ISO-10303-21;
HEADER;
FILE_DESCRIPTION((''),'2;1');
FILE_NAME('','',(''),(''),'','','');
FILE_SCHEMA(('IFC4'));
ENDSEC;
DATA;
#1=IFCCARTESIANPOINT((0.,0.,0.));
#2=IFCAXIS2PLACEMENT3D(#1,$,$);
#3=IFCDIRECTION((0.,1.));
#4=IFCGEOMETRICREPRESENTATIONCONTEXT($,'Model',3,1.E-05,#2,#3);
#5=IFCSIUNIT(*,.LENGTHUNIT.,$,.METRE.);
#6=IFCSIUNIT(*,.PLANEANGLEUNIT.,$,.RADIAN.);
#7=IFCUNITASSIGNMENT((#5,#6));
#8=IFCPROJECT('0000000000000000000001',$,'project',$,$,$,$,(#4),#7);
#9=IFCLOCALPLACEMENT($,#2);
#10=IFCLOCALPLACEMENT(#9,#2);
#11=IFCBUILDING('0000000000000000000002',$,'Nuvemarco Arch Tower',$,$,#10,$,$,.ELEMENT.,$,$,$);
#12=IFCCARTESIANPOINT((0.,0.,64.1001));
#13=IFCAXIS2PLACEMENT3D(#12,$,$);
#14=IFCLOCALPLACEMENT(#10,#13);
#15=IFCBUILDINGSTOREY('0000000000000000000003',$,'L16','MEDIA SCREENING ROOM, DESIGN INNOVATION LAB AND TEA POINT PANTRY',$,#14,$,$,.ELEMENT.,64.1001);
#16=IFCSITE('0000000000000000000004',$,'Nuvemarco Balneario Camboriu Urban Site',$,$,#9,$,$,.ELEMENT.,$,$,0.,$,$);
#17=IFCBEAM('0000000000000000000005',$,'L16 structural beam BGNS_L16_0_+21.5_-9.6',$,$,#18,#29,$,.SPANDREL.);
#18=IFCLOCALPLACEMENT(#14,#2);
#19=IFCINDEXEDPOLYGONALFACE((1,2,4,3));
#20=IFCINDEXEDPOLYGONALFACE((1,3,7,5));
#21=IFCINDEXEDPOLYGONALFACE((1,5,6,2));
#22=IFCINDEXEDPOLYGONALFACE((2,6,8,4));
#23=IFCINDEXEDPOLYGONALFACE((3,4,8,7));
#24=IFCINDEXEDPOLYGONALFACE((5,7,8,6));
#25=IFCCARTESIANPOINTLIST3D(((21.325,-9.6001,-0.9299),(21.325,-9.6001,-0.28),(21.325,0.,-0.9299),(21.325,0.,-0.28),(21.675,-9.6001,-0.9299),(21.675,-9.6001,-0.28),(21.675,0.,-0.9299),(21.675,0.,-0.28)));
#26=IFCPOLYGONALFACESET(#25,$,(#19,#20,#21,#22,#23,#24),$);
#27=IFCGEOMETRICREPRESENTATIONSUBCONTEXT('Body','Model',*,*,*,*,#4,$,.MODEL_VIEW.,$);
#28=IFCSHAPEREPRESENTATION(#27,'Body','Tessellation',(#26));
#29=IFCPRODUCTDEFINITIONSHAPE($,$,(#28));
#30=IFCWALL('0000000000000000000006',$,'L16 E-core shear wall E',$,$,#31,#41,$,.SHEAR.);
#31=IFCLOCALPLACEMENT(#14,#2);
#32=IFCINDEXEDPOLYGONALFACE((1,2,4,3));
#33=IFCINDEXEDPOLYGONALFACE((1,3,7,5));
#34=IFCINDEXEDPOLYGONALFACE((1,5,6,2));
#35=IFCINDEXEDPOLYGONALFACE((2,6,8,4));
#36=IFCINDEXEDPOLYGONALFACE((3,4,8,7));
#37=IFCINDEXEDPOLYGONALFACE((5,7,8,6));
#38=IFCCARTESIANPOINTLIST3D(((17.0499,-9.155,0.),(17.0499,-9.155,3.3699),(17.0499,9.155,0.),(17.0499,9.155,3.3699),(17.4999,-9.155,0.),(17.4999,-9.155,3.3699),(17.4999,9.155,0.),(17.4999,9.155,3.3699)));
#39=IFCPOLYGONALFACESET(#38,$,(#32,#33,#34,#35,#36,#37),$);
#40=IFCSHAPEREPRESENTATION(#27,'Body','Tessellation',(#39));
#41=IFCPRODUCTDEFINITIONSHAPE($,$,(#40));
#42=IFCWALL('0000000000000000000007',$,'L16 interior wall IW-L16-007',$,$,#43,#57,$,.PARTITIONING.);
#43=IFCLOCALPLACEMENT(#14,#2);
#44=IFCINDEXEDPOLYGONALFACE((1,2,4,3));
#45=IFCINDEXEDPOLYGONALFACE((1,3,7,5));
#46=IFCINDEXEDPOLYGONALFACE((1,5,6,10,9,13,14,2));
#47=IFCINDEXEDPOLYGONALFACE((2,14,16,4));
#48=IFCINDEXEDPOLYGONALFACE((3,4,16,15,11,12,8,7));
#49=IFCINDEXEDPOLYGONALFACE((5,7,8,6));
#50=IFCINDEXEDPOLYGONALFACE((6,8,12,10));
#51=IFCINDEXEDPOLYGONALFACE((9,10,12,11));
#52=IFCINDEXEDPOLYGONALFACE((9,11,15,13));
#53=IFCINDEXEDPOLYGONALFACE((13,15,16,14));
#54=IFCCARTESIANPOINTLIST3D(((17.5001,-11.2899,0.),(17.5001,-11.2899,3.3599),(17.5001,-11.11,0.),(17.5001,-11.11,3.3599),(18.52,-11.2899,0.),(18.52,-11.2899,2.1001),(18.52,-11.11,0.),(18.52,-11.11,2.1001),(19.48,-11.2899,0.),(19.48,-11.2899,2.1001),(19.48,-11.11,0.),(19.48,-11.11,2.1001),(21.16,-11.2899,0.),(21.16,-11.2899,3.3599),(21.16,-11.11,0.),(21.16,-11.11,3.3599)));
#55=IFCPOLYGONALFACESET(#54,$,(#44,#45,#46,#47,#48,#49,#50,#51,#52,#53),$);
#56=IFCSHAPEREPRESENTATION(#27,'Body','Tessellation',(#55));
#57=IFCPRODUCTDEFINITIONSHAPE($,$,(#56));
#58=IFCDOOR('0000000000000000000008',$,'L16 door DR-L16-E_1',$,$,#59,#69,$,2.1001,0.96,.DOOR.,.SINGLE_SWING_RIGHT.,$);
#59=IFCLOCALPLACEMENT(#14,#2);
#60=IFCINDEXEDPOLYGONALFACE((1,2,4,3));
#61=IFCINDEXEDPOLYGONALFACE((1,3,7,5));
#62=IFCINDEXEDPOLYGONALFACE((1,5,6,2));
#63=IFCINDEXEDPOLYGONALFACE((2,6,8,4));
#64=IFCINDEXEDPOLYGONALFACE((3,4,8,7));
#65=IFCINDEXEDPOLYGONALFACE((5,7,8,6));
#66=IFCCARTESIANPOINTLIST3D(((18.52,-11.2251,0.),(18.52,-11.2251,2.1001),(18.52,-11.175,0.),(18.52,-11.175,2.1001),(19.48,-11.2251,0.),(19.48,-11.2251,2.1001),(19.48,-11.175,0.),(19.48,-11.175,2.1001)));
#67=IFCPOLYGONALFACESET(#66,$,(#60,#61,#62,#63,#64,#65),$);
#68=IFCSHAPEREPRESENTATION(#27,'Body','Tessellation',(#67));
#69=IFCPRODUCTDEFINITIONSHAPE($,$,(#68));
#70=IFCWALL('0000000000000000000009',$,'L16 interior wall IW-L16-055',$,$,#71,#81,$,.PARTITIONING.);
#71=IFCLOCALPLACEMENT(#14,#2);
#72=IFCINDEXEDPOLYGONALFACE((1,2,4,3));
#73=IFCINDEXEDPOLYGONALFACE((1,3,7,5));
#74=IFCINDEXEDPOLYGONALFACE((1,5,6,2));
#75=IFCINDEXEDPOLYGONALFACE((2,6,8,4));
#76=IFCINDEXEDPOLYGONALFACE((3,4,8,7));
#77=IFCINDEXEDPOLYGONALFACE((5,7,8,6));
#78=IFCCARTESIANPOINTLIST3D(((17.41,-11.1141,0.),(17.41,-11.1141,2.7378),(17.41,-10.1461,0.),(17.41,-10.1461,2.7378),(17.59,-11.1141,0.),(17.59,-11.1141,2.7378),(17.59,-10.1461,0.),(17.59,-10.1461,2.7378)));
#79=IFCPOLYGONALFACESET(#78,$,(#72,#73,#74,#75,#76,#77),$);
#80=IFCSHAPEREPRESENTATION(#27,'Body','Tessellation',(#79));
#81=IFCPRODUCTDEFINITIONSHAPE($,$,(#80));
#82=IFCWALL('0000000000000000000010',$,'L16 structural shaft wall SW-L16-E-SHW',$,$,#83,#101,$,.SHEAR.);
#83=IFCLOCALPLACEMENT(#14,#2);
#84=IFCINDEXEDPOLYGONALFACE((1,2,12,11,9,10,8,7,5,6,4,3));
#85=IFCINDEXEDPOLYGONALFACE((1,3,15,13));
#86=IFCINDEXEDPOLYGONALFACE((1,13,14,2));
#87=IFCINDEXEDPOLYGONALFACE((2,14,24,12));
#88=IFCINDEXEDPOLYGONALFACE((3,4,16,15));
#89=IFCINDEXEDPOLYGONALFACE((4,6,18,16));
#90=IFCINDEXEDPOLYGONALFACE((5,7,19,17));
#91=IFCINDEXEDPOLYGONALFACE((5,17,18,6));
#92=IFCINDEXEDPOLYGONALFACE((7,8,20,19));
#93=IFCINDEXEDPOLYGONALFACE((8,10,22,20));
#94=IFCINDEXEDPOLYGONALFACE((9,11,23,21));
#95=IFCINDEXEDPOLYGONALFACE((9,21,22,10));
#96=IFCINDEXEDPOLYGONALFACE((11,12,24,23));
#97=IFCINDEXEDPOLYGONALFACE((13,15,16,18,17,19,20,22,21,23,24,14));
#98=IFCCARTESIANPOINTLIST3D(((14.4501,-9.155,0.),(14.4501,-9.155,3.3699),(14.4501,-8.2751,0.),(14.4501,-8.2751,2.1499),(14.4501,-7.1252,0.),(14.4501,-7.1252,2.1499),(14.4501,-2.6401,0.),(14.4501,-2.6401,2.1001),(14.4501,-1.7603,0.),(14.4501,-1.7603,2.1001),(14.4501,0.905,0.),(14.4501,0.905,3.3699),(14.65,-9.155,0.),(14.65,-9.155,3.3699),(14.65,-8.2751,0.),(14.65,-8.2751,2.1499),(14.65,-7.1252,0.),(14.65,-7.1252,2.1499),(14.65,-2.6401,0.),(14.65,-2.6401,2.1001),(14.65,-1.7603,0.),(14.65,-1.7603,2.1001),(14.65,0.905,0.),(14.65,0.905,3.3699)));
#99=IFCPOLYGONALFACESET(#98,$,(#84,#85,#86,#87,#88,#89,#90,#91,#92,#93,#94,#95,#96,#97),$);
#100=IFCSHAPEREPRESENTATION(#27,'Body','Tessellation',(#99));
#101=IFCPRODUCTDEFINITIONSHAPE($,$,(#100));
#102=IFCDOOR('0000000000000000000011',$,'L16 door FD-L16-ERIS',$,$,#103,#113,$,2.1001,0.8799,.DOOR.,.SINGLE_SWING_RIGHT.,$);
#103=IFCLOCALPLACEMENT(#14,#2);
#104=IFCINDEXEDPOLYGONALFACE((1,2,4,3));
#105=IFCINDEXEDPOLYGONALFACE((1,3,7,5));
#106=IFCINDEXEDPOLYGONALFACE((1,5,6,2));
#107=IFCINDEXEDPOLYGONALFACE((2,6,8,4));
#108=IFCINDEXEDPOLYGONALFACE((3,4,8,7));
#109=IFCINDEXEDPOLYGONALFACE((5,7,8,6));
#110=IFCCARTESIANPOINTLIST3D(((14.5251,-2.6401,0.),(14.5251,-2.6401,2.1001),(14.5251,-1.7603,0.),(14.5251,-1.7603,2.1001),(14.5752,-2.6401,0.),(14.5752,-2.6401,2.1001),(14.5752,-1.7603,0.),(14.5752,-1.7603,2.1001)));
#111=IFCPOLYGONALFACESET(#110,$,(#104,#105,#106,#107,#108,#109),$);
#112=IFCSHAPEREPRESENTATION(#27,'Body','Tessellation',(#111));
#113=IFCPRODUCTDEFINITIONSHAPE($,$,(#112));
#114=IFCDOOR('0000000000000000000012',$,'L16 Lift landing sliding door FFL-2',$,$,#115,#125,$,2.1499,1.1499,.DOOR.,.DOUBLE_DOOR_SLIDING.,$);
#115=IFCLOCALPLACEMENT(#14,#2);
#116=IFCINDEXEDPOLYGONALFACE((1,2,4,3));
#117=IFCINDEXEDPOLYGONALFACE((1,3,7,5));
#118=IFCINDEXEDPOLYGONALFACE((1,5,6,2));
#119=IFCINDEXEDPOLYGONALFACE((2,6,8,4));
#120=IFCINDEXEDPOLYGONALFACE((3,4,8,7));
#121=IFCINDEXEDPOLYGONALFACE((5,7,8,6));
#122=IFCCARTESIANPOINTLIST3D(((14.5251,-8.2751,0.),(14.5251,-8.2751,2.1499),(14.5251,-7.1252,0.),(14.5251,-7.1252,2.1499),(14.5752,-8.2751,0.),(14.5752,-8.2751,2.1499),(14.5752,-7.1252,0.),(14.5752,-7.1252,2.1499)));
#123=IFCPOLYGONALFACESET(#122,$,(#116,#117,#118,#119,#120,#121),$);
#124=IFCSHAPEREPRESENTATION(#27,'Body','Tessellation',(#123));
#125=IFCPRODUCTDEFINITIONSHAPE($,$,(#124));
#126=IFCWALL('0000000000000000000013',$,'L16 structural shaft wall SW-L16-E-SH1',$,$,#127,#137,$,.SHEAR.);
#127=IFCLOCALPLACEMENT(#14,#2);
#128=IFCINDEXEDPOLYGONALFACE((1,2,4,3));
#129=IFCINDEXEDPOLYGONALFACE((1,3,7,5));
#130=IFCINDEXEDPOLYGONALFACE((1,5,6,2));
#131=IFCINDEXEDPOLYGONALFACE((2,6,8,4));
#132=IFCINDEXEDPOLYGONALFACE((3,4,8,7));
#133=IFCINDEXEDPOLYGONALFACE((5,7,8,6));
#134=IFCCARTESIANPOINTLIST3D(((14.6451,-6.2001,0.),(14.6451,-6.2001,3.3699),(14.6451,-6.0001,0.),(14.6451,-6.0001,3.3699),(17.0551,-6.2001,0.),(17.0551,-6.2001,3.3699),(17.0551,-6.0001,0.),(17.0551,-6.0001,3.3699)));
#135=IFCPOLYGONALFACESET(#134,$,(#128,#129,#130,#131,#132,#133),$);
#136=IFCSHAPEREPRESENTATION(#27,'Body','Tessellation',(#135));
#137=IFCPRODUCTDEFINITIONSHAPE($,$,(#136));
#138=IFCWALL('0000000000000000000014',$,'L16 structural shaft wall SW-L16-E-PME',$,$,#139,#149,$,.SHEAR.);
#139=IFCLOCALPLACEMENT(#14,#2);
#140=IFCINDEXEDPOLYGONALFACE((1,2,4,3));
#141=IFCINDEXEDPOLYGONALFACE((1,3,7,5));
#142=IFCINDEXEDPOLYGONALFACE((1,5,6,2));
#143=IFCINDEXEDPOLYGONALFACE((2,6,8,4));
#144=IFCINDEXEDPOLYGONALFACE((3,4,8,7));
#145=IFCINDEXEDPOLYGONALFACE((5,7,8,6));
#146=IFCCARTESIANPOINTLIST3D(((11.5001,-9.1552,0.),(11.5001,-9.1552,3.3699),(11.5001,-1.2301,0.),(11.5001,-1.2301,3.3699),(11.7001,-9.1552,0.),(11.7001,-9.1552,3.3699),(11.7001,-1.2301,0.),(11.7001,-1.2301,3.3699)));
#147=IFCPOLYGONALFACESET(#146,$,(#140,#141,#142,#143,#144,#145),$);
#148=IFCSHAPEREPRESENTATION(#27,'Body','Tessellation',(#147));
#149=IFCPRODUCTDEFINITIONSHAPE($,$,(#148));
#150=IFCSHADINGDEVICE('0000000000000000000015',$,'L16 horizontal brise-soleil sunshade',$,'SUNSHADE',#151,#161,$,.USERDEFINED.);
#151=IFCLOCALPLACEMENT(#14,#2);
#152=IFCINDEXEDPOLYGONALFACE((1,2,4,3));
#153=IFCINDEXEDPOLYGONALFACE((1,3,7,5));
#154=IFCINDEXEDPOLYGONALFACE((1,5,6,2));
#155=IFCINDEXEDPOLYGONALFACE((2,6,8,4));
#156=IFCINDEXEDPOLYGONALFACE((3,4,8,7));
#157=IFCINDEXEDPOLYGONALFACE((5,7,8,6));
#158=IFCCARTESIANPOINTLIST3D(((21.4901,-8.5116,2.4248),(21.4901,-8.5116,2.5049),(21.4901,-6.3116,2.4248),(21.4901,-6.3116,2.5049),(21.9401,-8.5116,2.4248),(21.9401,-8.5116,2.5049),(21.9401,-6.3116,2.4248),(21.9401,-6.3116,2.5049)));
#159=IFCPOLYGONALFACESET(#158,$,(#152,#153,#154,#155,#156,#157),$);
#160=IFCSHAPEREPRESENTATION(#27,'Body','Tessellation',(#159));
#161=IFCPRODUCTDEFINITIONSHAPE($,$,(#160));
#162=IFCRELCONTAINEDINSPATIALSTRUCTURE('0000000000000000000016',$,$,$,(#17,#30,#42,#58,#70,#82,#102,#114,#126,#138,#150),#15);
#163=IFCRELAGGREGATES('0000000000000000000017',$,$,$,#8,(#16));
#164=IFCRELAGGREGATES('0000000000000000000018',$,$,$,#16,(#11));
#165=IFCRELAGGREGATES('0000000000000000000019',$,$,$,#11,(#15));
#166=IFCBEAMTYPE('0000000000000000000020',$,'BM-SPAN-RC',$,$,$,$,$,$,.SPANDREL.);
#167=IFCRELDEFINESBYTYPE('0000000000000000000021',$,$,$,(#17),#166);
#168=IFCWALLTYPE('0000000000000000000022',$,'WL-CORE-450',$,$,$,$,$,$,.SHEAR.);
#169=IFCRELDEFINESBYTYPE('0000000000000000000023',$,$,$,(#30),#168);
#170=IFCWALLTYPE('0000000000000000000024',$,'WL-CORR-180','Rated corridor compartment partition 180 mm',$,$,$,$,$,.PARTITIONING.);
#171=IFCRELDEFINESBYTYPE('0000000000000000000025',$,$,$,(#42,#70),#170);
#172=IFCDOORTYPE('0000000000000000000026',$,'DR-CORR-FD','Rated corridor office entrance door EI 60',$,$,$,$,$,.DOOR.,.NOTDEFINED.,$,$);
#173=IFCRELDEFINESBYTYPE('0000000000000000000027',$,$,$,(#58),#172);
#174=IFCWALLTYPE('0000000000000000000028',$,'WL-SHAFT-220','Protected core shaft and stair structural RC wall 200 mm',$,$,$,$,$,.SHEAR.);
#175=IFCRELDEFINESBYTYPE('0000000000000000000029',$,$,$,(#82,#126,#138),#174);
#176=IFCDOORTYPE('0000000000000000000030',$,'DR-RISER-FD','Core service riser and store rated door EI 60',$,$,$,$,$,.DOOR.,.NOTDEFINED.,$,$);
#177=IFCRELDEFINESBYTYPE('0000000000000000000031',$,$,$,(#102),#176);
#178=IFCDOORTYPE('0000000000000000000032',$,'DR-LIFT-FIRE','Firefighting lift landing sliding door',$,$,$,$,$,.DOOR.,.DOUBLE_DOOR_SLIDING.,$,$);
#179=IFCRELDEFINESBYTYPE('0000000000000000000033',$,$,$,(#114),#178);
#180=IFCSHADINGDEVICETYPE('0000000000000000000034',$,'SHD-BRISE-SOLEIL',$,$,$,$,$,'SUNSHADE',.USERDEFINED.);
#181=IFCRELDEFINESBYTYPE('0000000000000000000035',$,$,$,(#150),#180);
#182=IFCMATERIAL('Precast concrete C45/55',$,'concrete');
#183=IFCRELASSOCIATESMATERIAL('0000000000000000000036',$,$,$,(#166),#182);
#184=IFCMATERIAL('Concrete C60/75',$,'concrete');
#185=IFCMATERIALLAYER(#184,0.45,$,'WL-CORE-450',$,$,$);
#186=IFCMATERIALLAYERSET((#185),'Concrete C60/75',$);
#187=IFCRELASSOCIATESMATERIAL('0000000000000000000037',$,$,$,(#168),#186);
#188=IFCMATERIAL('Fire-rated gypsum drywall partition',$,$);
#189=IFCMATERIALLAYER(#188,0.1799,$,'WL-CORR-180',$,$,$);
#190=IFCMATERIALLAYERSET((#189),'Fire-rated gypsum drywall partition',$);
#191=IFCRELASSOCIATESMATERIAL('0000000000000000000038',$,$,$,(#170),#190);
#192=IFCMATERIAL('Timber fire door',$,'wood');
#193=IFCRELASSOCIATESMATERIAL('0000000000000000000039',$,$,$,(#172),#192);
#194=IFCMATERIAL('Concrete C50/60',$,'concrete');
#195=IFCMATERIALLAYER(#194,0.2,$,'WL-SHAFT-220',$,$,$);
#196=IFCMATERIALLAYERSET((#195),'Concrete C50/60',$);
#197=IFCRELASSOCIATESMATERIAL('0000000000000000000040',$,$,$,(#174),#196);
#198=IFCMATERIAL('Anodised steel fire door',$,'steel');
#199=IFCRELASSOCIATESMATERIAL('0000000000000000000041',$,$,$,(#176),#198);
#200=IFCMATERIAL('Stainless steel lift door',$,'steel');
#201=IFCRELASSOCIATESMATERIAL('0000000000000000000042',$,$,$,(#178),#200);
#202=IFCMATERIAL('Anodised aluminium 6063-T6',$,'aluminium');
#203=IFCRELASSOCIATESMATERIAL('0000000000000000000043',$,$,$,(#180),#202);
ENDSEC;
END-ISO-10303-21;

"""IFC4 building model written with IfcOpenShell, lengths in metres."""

from ifc_helpers import new_model, si_unit, direction, frame, frame_2d, origin, origin_2d, place, context, subcontext, project, spatial, rectangle, extrude, source, transform, mapped, material, layer, layer_set, material_profile, profile_set, type_object, type_shapes, element, fill, save


model = new_model("IFC4")

# Units and contexts
model_context = context("Model", 3, precision=1e-05, world=origin(), true_north=direction((0.0, 1.0)))
body_context = subcontext(model_context, "Body", "Model", "MODEL_VIEW")
ifc_project = project(units=[si_unit("LENGTHUNIT", "METRE"), si_unit("PLANEANGLEUNIT", "RADIAN")], contexts=[model_context])

# Site, building, storey
site_placement = place(None, origin())
site = spatial("IfcSite", under=ifc_project, at=site_placement, Name="Nuvemarco Balneario Camboriu Urban Site", CompositionType="ELEMENT", RefElevation=0.0)
building_placement = place(site_placement, origin())
building = spatial("IfcBuilding", under=site, at=building_placement, Name="Nuvemarco Arch Tower", CompositionType="ELEMENT")
storey_placement = place(building_placement, frame((0.0, 0.0, 64.1001)))
storey = spatial("IfcBuildingStorey", under=building, at=storey_placement, Name="L16", Description="MEDIA SCREENING ROOM, DESIGN INNOVATION LAB AND TEA POINT PANTRY", CompositionType="ELEMENT", Elevation=64.1001)

# Shared definitions
ifc_material_1 = material(Name="Concrete C60/75", Category="concrete")

# Beam
ifc_material_2 = material(Name="Precast concrete C45/55", Category="concrete")
ifc_material_profile_1 = material_profile(ifc_material_2, rectangle(XDim=0.3501, YDim=0.6499, at=origin_2d()), Name="PC-SP-350x650")
ifc_profile_set_1 = profile_set([ifc_material_profile_1], Name="Precast concrete C45/55")
beam_type_1 = type_object("IfcBeamType", Name="BM-SPAN-RC", PredefinedType="SPANDREL", material=ifc_profile_set_1)
beam_1_placement = place(storey_placement, frame((21.5, -9.6001, -0.605), z_axis=(0.0, 1.0, 0.0), x_axis=(-1.0, 0.0, 0.0)))
element("IfcBeam", 1, at=beam_1_placement, inside=storey, type_object=beam_type_1, Name="L16 structural beam BGNS_L16_0_+21.5_-9.6", PredefinedType="SPANDREL", context=body_context, shape_type="SweptSolid", body=[
    extrude(rectangle(XDim=0.3501, YDim=0.6499, at=origin_2d()), origin(), (0.0, 0.0, 1.0), 9.6001),
])

# Wall
ifc_layer_1 = layer(ifc_material_1, 0.45, Name="WL-CORE-450")
ifc_layer_set_1 = layer_set([ifc_layer_1], Name="Concrete C60/75")
wall_type_1 = type_object("IfcWallType", Name="WL-CORE-450", PredefinedType="SHEAR", material=ifc_layer_set_1)
wall_1_placement = place(storey_placement, frame((17.2749, -9.155, 0.0), z_axis=(0.0, 0.0, 1.0), x_axis=(0.0, 1.0, 0.0)))
element("IfcWall", 2, at=wall_1_placement, inside=storey, type_object=wall_type_1, Name="L16 E-core shear wall E", PredefinedType="SHEAR", context=body_context, shape_type="SweptSolid", body=[
    extrude(rectangle(XDim=18.3101, YDim=0.45, at=frame_2d((9.155, 0.0))), origin(), (0.0, 0.0, 1.0), 3.3699),
])

# Wall, opening, door
ifc_material_3 = material(Name="Fire-rated gypsum drywall partition")
ifc_layer_2 = layer(ifc_material_3, 0.1799, Name="WL-CORR-180")
ifc_layer_set_2 = layer_set([ifc_layer_2], Name="Fire-rated gypsum drywall partition")
wall_type_2 = type_object("IfcWallType", Name="WL-CORR-180", Description="Rated corridor compartment partition 180 mm", PredefinedType="PARTITIONING", material=ifc_layer_set_2)
wall_2_placement = place(storey_placement, frame((17.5, -11.2, 0.0), z_axis=(0.0, 0.0, 1.0), x_axis=(1.0, 0.0, 0.0)))
wall_2 = element("IfcWall", 3, at=wall_2_placement, inside=storey, type_object=wall_type_2, Name="L16 interior wall IW-L16-007", PredefinedType="PARTITIONING", context=body_context, shape_type="SweptSolid", body=[
    extrude(rectangle(XDim=3.6599, YDim=0.1799, at=frame_2d((1.8301, 0.0))), origin(), (0.0, 0.0, 1.0), 3.3599),
])
opening_1_placement = place(wall_2_placement, frame((1.02, 0.0, 0.0)))
opening_1 = element("IfcOpeningElement", 4, at=opening_1_placement, cuts=wall_2, PredefinedType="OPENING", context=body_context, shape_type="SweptSolid", body=[
    extrude(rectangle(XDim=0.96, YDim=2.1001, at=frame_2d((0.48, 1.05))), frame((0.0, 0.0999, 0.0), z_axis=(0.0, -1.0, 0.0), x_axis=(1.0, 0.0, 0.0)), (0.0, 0.0, 1.0), 0.2),
])
ifc_material_4 = material(Name="Timber fire door", Category="wood")
door_type_1 = type_object("IfcDoorType", Name="DR-CORR-FD", Description="Rated corridor office entrance door EI 60", OperationType="NOTDEFINED", PredefinedType="DOOR", material=ifc_material_4)
shared_shape_1 = source(origin(), body_context, "Body", "SweptSolid", [
    extrude(rectangle(XDim=0.96, YDim=2.1001, at=frame_2d((0.48, 1.05))), frame((0.0, 0.0249, 0.0), z_axis=(0.0, -1.0, 0.0), x_axis=(1.0, 0.0, 0.0)), (0.0, 0.0, 1.0), 0.05),
])
type_shapes(door_type_1, [shared_shape_1])
door_1_placement = place(opening_1_placement, origin())
door_1 = element("IfcDoor", 5, at=door_1_placement, inside=storey, type_object=door_type_1, Name="L16 door DR-L16-E_1", OperationType="SINGLE_SWING_RIGHT", OverallHeight=2.1001, OverallWidth=0.96, PredefinedType="DOOR", context=body_context, shape_type="MappedRepresentation", body=[
    mapped(shared_shape_1, transform((0.0, 0.0, 0.0), scale=1.0)),
])
fill(opening_1, door_1)

# Wall
wall_3_placement = place(storey_placement, frame((17.5, -11.114, 0.0), z_axis=(0.0, 0.0, 1.0), x_axis=(0.0, 1.0, 0.0)))
element("IfcWall", 6, at=wall_3_placement, inside=storey, type_object=wall_type_2, Name="L16 interior wall IW-L16-055", PredefinedType="PARTITIONING", context=body_context, shape_type="SweptSolid", body=[
    extrude(rectangle(XDim=0.968, YDim=0.1799, at=frame_2d((0.4839, 0.0))), origin(), (0.0, 0.0, 1.0), 2.7378),
])

# Wall, openings, doors
ifc_material_5 = material(Name="Concrete C50/60", Category="concrete")
ifc_layer_3 = layer(ifc_material_5, 0.2, Name="WL-SHAFT-220")
ifc_layer_set_3 = layer_set([ifc_layer_3], Name="Concrete C50/60")
wall_type_3 = type_object("IfcWallType", Name="WL-SHAFT-220", Description="Protected core shaft and stair structural RC wall 200 mm", PredefinedType="SHEAR", material=ifc_layer_set_3)
wall_4_placement = place(storey_placement, frame((14.55, -9.155, 0.0), z_axis=(0.0, 0.0, 1.0), x_axis=(0.0, 1.0, 0.0)))
wall_4 = element("IfcWall", 7, at=wall_4_placement, inside=storey, type_object=wall_type_3, Name="L16 structural shaft wall SW-L16-E-SHW", PredefinedType="SHEAR", context=body_context, shape_type="SweptSolid", body=[
    extrude(rectangle(XDim=10.0601, YDim=0.2, at=frame_2d((5.03, 0.0))), origin(), (0.0, 0.0, 1.0), 3.3699),
])
opening_2_placement = place(wall_4_placement, frame((6.5149, 0.0, 0.0)))
opening_2 = element("IfcOpeningElement", 8, at=opening_2_placement, cuts=wall_4, PredefinedType="OPENING", context=body_context, shape_type="SweptSolid", body=[
    extrude(rectangle(XDim=0.8799, YDim=2.1001, at=frame_2d((0.4399, 1.05))), frame((0.0, 0.1099, 0.0), z_axis=(0.0, -1.0, 0.0), x_axis=(1.0, 0.0, 0.0)), (0.0, 0.0, 1.0), 0.22),
])
opening_3_placement = place(wall_4_placement, frame((0.8799, 0.0, 0.0)))
opening_3 = element("IfcOpeningElement", 9, at=opening_3_placement, cuts=wall_4, PredefinedType="OPENING", context=body_context, shape_type="SweptSolid", body=[
    extrude(rectangle(XDim=1.1499, YDim=2.1499, at=frame_2d((0.575, 1.075))), frame((0.0, 0.1099, 0.0), z_axis=(0.0, -1.0, 0.0), x_axis=(1.0, 0.0, 0.0)), (0.0, 0.0, 1.0), 0.22),
])
ifc_material_6 = material(Name="Anodised steel fire door", Category="steel")
door_type_2 = type_object("IfcDoorType", Name="DR-RISER-FD", Description="Core service riser and store rated door EI 60", OperationType="NOTDEFINED", PredefinedType="DOOR", material=ifc_material_6)
shared_shape_2 = source(origin(), body_context, "Body", "SweptSolid", [
    extrude(rectangle(XDim=0.8799, YDim=2.1001, at=frame_2d((0.4399, 1.05))), frame((0.0, 0.0249, 0.0), z_axis=(0.0, -1.0, 0.0), x_axis=(1.0, 0.0, 0.0)), (0.0, 0.0, 1.0), 0.05),
])
type_shapes(door_type_2, [shared_shape_2])
door_2_placement = place(opening_2_placement, origin())
door_2 = element("IfcDoor", 10, at=door_2_placement, inside=storey, type_object=door_type_2, Name="L16 door FD-L16-ERIS", OperationType="SINGLE_SWING_RIGHT", OverallHeight=2.1001, OverallWidth=0.8799, PredefinedType="DOOR", context=body_context, shape_type="MappedRepresentation", body=[
    mapped(shared_shape_2, transform((0.0, 0.0, 0.0), scale=1.0)),
])
fill(opening_2, door_2)
ifc_material_7 = material(Name="Stainless steel lift door", Category="steel")
door_type_3 = type_object("IfcDoorType", Name="DR-LIFT-FIRE", Description="Firefighting lift landing sliding door", OperationType="DOUBLE_DOOR_SLIDING", PredefinedType="DOOR", material=ifc_material_7)
shared_shape_3 = source(origin(), body_context, "Body", "SweptSolid", [
    extrude(rectangle(XDim=1.1499, YDim=2.1499, at=frame_2d((0.575, 1.075))), frame((0.0, 0.0249, 0.0), z_axis=(0.0, -1.0, 0.0), x_axis=(1.0, 0.0, 0.0)), (0.0, 0.0, 1.0), 0.05),
])
type_shapes(door_type_3, [shared_shape_3])
door_3_placement = place(opening_3_placement, origin())
door_3 = element("IfcDoor", 11, at=door_3_placement, inside=storey, type_object=door_type_3, Name="L16 Lift landing sliding door FFL-2", OperationType="DOUBLE_DOOR_SLIDING", OverallHeight=2.1499, OverallWidth=1.1499, PredefinedType="DOOR", context=body_context, shape_type="MappedRepresentation", body=[
    mapped(shared_shape_3, transform((0.0, 0.0, 0.0), scale=1.0)),
])
fill(opening_3, door_3)

# Walls
wall_5_placement = place(storey_placement, frame((14.645, -6.1001, 0.0), z_axis=(0.0, 0.0, 1.0), x_axis=(1.0, 0.0, 0.0)))
element("IfcWall", 12, at=wall_5_placement, inside=storey, type_object=wall_type_3, Name="L16 structural shaft wall SW-L16-E-SH1", PredefinedType="SHEAR", context=body_context, shape_type="SweptSolid", body=[
    extrude(rectangle(XDim=2.4099, YDim=0.2, at=frame_2d((1.2051, 0.0))), origin(), (0.0, 0.0, 1.0), 3.3699),
])
wall_6_placement = place(storey_placement, frame((11.6001, -9.155, 0.0), z_axis=(0.0, 0.0, 1.0), x_axis=(0.0, 1.0, 0.0)))
element("IfcWall", 13, at=wall_6_placement, inside=storey, type_object=wall_type_3, Name="L16 structural shaft wall SW-L16-E-PME", PredefinedType="SHEAR", context=body_context, shape_type="SweptSolid", body=[
    extrude(rectangle(XDim=7.925, YDim=0.2, at=frame_2d((3.9624, 0.0))), origin(), (0.0, 0.0, 1.0), 3.3699),
])

# Shading device
ifc_material_8 = material(Name="Anodised aluminium 6063-T6", Category="aluminium")
shading_device_type = type_object("IfcShadingDeviceType", Name="SHD-BRISE-SOLEIL", ElementType="SUNSHADE", PredefinedType="USERDEFINED", material=ifc_material_8)
shared_shape_4 = source(origin(), body_context, "Body", "SweptSolid", [
    extrude(rectangle(XDim=2.2, YDim=0.45, at=origin_2d()), origin(), (0.0, 0.0, 1.0), 0.0801),
])
type_shapes(shading_device_type, [shared_shape_4])
for number, where, z_axis, x_axis, name in (
    (14, (21.7151, -7.4116, 2.4248), (0.0, 0.0, 1.0), (0.0, 1.0, 0.0), "L16 horizontal brise-soleil sunshade"),
):
    element("IfcShadingDevice", number, at=place(storey_placement, frame(where, z_axis=z_axis, x_axis=x_axis)), inside=storey, type_object=shading_device_type, Name=name, ObjectType="SUNSHADE", PredefinedType="USERDEFINED", context=body_context, shape_type="MappedRepresentation", body=[
        mapped(shared_shape_4, transform((0.0, 0.0, 0.0), scale=1.0)),
    ])

save(model, "model.ifc")
